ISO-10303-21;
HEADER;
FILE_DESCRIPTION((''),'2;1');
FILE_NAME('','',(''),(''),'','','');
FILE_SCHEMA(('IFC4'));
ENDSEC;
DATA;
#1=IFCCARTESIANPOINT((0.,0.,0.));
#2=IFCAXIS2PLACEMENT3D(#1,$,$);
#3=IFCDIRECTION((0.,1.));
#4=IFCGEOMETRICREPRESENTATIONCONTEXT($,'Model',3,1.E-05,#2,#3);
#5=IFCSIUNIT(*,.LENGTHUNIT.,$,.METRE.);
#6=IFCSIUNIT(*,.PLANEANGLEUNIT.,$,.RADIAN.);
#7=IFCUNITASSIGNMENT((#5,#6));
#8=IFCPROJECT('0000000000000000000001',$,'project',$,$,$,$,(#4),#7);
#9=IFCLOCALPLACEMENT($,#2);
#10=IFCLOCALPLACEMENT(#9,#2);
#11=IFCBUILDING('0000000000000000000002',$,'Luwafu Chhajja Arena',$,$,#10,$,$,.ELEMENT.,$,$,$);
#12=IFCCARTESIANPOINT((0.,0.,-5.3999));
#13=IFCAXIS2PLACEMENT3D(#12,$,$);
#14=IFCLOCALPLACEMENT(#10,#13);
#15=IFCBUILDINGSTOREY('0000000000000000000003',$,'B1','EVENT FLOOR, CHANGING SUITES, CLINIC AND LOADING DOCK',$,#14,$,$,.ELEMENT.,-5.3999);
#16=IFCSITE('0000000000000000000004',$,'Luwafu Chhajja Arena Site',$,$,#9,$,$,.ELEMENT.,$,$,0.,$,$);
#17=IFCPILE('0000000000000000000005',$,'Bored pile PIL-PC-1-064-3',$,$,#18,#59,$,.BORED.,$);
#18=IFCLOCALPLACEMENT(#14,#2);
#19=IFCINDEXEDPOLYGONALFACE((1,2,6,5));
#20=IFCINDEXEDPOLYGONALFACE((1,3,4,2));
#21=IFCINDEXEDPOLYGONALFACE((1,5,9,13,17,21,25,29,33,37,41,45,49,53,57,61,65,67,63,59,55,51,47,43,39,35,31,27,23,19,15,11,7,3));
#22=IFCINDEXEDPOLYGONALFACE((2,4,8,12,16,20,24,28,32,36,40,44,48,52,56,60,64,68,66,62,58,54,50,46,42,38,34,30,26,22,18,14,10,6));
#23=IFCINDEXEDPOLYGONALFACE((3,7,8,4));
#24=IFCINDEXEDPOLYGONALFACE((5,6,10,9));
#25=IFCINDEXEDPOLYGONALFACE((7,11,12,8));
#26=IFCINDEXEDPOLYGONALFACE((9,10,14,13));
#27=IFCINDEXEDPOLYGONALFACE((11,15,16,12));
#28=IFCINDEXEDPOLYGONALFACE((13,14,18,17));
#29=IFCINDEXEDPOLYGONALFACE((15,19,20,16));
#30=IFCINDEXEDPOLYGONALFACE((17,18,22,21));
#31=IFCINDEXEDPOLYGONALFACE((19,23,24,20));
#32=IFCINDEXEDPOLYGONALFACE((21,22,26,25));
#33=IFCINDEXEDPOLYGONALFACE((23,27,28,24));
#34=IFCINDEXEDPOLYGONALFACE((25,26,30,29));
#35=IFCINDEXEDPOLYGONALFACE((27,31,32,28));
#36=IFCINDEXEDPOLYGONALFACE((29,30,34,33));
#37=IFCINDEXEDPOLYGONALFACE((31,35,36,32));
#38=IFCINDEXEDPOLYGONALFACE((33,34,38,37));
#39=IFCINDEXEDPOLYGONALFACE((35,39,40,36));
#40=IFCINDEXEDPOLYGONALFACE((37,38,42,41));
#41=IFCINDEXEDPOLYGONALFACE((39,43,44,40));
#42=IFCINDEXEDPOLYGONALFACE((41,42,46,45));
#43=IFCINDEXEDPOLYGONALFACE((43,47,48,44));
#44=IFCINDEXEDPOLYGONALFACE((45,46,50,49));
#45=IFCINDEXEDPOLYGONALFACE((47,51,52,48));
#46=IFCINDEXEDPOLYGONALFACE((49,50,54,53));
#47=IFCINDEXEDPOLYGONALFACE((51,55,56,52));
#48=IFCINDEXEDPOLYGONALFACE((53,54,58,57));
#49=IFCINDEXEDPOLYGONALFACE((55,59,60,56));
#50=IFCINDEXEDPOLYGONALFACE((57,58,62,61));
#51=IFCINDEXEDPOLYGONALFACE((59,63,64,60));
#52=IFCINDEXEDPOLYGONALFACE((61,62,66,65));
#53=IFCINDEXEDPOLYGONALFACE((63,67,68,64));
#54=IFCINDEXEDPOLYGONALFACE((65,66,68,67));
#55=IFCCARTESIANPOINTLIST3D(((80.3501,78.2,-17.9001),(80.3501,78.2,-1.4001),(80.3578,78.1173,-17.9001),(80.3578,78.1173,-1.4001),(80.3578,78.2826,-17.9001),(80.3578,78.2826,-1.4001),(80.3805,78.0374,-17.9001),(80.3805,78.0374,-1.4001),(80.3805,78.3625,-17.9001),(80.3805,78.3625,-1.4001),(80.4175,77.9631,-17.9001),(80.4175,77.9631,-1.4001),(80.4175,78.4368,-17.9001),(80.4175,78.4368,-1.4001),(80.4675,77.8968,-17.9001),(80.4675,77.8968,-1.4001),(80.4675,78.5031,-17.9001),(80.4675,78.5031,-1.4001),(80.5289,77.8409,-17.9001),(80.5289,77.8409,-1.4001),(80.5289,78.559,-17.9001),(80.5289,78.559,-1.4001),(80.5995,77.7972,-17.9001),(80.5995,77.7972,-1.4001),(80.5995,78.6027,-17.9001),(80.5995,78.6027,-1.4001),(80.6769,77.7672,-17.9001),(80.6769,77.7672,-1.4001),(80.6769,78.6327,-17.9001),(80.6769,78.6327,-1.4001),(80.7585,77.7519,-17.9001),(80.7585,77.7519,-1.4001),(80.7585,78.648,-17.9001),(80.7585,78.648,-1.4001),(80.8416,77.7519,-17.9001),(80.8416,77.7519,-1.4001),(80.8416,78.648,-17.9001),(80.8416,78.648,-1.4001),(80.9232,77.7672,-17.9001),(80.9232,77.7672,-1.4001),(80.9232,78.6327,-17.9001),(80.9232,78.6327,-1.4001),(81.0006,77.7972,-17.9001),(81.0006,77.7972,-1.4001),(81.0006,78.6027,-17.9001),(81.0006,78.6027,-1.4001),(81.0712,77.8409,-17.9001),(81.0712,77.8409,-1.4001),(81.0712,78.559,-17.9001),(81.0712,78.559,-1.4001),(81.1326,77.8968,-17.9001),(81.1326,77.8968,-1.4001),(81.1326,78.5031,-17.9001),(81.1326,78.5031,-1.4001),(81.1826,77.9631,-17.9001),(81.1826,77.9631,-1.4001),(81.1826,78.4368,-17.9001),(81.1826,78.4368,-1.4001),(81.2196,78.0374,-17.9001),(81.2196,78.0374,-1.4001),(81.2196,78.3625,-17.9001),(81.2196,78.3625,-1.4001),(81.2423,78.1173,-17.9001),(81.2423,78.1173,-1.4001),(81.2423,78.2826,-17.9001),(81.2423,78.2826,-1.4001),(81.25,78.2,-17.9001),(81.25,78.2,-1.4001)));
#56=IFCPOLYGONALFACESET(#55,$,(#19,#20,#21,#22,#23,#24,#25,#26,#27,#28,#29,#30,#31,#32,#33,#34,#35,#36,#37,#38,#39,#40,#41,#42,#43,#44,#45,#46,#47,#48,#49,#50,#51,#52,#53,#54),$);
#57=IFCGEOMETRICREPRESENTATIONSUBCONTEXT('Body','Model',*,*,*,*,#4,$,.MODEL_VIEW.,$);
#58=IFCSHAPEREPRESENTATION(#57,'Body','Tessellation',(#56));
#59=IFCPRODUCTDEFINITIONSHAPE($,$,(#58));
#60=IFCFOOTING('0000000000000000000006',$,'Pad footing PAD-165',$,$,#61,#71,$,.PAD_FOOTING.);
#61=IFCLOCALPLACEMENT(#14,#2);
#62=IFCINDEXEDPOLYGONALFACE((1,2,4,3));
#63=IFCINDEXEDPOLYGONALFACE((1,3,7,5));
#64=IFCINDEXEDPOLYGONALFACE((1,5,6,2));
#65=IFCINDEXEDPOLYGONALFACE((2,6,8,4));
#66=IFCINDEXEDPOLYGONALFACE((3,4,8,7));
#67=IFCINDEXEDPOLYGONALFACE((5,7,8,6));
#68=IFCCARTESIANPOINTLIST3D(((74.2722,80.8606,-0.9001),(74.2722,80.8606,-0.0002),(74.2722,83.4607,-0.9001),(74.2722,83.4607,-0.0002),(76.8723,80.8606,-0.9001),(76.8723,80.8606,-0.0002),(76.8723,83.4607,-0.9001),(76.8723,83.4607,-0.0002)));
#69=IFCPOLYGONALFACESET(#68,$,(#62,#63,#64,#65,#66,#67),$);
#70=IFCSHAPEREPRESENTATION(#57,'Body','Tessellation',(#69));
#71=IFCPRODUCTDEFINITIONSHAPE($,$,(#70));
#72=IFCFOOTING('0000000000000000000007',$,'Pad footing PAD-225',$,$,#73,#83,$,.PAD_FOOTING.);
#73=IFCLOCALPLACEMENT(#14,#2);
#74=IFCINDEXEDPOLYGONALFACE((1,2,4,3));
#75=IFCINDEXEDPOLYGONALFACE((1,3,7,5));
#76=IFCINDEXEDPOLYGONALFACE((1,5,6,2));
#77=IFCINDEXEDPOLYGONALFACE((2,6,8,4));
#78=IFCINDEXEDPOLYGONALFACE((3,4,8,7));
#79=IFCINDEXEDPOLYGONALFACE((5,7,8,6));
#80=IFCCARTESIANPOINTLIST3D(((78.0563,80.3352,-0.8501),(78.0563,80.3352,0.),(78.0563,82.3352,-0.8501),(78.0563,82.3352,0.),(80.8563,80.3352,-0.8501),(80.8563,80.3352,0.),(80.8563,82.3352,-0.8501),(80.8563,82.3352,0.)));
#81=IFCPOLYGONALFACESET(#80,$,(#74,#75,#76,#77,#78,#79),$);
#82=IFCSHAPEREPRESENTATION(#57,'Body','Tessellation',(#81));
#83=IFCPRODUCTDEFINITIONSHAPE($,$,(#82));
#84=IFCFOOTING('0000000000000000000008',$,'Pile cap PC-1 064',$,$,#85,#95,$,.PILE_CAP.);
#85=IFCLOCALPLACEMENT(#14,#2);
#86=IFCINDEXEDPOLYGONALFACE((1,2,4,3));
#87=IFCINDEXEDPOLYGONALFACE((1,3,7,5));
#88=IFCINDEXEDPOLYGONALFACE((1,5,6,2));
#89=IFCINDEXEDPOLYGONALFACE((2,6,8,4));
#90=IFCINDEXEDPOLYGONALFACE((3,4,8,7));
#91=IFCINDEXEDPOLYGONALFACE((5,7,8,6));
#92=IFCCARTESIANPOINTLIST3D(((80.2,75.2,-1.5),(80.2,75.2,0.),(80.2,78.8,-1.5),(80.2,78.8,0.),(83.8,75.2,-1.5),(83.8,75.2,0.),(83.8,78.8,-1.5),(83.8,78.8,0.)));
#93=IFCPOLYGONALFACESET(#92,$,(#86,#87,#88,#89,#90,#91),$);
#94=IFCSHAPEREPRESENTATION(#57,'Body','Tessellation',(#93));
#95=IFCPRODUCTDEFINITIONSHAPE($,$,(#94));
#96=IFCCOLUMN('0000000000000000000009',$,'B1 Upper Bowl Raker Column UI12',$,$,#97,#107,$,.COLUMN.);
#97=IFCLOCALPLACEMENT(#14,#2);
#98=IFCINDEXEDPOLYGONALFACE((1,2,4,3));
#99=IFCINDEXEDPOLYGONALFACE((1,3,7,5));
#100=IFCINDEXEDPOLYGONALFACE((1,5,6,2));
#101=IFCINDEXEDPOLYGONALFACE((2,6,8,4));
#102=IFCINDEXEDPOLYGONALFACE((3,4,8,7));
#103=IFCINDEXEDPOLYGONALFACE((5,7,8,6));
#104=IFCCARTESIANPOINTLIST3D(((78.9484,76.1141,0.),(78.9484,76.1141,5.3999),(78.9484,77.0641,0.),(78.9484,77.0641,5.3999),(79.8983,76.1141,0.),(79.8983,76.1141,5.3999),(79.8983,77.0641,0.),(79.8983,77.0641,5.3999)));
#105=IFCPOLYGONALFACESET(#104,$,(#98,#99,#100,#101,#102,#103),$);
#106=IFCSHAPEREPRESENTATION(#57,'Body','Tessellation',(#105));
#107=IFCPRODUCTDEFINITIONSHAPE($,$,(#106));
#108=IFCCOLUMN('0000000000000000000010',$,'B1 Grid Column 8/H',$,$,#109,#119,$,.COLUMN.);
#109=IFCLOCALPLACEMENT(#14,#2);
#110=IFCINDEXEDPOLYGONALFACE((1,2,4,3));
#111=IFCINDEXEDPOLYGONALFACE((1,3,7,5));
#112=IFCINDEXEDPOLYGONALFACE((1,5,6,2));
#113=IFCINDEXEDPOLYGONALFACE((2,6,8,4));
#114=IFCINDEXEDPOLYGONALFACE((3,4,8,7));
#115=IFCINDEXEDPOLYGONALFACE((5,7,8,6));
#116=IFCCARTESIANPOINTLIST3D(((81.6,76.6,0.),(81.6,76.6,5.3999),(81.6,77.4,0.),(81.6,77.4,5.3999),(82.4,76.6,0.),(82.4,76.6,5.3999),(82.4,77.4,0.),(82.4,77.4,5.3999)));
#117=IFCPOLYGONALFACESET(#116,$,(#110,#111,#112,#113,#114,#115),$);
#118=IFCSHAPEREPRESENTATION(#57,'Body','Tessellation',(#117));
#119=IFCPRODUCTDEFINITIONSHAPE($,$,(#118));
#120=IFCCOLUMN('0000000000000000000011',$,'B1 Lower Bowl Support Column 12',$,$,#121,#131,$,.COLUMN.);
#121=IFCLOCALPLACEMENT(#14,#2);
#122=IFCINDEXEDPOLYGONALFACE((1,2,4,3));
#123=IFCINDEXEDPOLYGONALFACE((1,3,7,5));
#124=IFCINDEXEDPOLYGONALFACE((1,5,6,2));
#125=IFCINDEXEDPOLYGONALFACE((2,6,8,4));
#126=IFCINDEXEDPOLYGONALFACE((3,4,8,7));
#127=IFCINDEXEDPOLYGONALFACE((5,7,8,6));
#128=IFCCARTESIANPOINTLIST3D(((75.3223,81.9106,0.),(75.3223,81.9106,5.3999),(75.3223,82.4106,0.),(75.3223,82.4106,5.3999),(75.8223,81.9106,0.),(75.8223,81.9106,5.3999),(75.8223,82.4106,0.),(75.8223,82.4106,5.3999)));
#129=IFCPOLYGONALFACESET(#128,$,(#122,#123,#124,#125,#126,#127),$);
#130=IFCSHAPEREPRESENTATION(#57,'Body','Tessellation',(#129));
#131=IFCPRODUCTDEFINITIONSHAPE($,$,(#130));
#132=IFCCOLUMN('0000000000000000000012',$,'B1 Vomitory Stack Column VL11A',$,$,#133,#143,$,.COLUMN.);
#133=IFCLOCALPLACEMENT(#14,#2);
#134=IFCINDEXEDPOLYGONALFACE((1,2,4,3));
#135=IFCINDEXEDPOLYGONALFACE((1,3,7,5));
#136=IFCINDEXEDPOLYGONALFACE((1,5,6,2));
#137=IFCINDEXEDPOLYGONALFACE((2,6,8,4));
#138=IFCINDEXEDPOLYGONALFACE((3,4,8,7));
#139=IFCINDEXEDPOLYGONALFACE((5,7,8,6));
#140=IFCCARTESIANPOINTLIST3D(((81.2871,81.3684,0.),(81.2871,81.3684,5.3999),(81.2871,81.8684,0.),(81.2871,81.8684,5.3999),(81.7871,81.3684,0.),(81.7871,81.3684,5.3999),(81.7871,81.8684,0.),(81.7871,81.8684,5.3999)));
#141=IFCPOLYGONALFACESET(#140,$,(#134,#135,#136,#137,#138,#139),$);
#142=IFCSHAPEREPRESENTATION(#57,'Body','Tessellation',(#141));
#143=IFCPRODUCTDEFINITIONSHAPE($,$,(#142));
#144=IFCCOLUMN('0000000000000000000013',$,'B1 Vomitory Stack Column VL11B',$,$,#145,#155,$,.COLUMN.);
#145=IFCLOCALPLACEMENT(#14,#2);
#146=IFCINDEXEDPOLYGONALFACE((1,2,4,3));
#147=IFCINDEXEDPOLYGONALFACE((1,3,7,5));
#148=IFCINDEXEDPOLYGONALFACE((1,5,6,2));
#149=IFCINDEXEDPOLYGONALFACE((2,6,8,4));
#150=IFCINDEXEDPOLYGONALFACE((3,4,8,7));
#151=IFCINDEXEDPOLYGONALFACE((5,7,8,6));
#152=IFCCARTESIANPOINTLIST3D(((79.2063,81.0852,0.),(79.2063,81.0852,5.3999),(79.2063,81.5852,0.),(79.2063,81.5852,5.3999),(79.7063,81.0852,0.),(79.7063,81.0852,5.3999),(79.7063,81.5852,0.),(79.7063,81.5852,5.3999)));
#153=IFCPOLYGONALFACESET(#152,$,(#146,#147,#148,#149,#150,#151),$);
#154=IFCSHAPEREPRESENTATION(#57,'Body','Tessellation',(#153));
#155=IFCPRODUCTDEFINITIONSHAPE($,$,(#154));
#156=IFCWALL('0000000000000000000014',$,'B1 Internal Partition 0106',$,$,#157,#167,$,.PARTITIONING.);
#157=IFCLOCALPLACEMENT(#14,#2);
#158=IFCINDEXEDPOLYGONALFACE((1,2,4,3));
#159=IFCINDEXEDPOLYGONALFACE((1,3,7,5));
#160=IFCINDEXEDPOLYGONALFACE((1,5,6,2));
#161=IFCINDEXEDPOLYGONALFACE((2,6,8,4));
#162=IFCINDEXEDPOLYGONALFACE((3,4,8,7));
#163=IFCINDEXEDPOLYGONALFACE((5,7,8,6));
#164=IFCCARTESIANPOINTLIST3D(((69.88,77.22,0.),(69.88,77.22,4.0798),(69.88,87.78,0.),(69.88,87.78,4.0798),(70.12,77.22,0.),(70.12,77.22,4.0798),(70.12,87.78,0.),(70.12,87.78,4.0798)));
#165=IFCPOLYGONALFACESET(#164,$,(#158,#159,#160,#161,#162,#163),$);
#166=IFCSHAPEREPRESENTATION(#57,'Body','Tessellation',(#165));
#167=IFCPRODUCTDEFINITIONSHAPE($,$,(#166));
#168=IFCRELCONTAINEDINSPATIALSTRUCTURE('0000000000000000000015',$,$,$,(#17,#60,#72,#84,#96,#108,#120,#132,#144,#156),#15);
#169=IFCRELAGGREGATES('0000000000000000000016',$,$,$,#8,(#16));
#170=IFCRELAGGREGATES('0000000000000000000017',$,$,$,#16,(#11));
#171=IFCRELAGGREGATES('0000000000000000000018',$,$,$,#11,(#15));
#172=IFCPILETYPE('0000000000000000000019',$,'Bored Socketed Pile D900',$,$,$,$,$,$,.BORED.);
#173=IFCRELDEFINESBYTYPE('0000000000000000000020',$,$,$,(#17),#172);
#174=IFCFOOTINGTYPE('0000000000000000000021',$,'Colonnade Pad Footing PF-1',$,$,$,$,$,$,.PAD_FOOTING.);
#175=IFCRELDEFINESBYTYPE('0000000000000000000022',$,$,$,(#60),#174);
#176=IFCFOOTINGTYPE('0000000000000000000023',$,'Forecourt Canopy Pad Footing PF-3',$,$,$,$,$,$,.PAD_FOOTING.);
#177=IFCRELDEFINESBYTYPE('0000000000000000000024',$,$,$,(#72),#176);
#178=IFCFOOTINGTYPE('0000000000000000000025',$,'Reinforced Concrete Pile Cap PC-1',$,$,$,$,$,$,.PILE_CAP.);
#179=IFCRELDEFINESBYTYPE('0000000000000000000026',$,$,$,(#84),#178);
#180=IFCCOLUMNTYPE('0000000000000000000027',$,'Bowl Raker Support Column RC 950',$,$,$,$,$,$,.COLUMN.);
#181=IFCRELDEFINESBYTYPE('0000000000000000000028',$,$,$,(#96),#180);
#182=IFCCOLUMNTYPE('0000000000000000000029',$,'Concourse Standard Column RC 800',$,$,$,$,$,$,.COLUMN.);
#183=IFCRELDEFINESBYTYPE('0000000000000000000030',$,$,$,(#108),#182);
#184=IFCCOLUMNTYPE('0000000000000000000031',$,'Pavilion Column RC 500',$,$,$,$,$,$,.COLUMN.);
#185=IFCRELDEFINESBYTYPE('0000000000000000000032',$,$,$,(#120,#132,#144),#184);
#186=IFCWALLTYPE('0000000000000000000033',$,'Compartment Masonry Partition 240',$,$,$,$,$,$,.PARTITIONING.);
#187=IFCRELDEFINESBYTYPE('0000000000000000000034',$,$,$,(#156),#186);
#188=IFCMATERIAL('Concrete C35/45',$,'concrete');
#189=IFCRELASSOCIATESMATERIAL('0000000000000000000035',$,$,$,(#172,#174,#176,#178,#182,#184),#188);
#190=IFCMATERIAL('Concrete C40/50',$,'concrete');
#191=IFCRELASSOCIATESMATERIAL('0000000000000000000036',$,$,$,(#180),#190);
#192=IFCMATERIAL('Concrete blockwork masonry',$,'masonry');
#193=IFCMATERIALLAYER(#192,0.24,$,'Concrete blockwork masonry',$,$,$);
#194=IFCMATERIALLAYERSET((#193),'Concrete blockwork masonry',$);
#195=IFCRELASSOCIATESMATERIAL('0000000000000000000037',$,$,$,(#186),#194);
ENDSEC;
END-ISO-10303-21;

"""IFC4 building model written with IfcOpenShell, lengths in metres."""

from ifc_helpers import new_model, si_unit, direction, frame, frame_2d, origin, origin_2d, place, context, subcontext, project, spatial, rectangle, circle, extrude, material, layer, layer_set, material_profile, profile_set, type_object, element, save


model = new_model("IFC4")

# Units and contexts
model_context = context("Model", 3, precision=1e-05, world=origin(), true_north=direction((0.0, 1.0)))
body_context = subcontext(model_context, "Body", "Model", "MODEL_VIEW")
ifc_project = project(units=[si_unit("LENGTHUNIT", "METRE"), si_unit("PLANEANGLEUNIT", "RADIAN")], contexts=[model_context])

# Site, building, storey
site_placement = place(None, origin())
site = spatial("IfcSite", under=ifc_project, at=site_placement, Name="Luwafu Chhajja Arena Site", CompositionType="ELEMENT", RefElevation=0.0)
building_placement = place(site_placement, origin())
building = spatial("IfcBuilding", under=site, at=building_placement, Name="Luwafu Chhajja Arena", CompositionType="ELEMENT")
storey_placement = place(building_placement, frame((0.0, 0.0, -5.3999)))
storey = spatial("IfcBuildingStorey", under=building, at=storey_placement, Name="B1", Description="EVENT FLOOR, CHANGING SUITES, CLINIC AND LOADING DOCK", CompositionType="ELEMENT", Elevation=-5.3999)

# Pile
ifc_material_1 = material(Name="Concrete C35/45", Category="concrete")
ifc_material_profile_1 = material_profile(ifc_material_1, circle(Radius=0.45, at=origin_2d()), Name="PILE D900")
ifc_profile_set_1 = profile_set([ifc_material_profile_1], Name="Concrete C35/45")
pile_type = type_object("IfcPileType", Name="Bored Socketed Pile D900", PredefinedType="BORED", material=ifc_profile_set_1)
for number, where, z_axis, x_axis, name in (
    (1, (80.8, 78.2, -1.4001), (0.0, 0.0, -1.0), (1.0, 0.0, 0.0), "Bored pile PIL-PC-1-064-3"),
):
    element("IfcPile", number, at=place(storey_placement, frame(where, z_axis=z_axis, x_axis=x_axis)), inside=storey, type_object=pile_type, Name=name, PredefinedType="BORED", context=body_context, shape_type="SweptSolid", body=[
        extrude(circle(Radius=0.45, at=origin_2d()), origin(), (0.0, 0.0, 1.0), 16.5),
    ])

# Footings
footing_type_1 = type_object("IfcFootingType", Name="Colonnade Pad Footing PF-1", PredefinedType="PAD_FOOTING", material=ifc_material_1)
footing_1_placement = place(storey_placement, frame((75.5723, 82.1606, -0.9001), z_axis=(0.0, 0.0, 1.0), x_axis=(1.0, 0.0, 0.0)))
element("IfcFooting", 2, at=footing_1_placement, inside=storey, type_object=footing_type_1, Name="Pad footing PAD-165", PredefinedType="PAD_FOOTING", context=body_context, shape_type="SweptSolid", body=[
    extrude(rectangle(XDim=2.6001, YDim=2.6001, at=origin_2d()), origin(), (0.0, 0.0, 1.0), 0.8999),
])
footing_type_2 = type_object("IfcFootingType", Name="Forecourt Canopy Pad Footing PF-3", PredefinedType="PAD_FOOTING", material=ifc_material_1)
footing_2_placement = place(storey_placement, frame((79.4563, 81.3352, -0.8501), z_axis=(0.0, 0.0, 1.0), x_axis=(1.0, 0.0, 0.0)))
element("IfcFooting", 3, at=footing_2_placement, inside=storey, type_object=footing_type_2, Name="Pad footing PAD-225", PredefinedType="PAD_FOOTING", context=body_context, shape_type="SweptSolid", body=[
    extrude(rectangle(XDim=2.8, YDim=2.0, at=origin_2d()), origin(), (0.0, 0.0, 1.0), 0.8501),
])
footing_type_3 = type_object("IfcFootingType", Name="Reinforced Concrete Pile Cap PC-1", PredefinedType="PILE_CAP", material=ifc_material_1)
footing_3_placement = place(storey_placement, frame((82.0, 77.0, -1.5), z_axis=(0.0, 0.0, 1.0), x_axis=(1.0, 0.0, 0.0)))
element("IfcFooting", 4, at=footing_3_placement, inside=storey, type_object=footing_type_3, Name="Pile cap PC-1 064", PredefinedType="PILE_CAP", context=body_context, shape_type="SweptSolid", body=[
    extrude(rectangle(XDim=3.6001, YDim=3.6001, at=origin_2d()), origin(), (0.0, 0.0, 1.0), 1.5),
])

# Columns
ifc_material_2 = material(Name="Concrete C40/50", Category="concrete")
ifc_material_profile_2 = material_profile(ifc_material_2, rectangle(XDim=0.95, YDim=0.95, at=origin_2d()), Name="RC 950x950")
ifc_profile_set_2 = profile_set([ifc_material_profile_2], Name="Concrete C40/50")
column_type_1 = type_object("IfcColumnType", Name="Bowl Raker Support Column RC 950", PredefinedType="COLUMN", material=ifc_profile_set_2)
column_1_placement = place(storey_placement, frame((79.4233, 76.5891, 0.0), z_axis=(0.0, 0.0, 1.0), x_axis=(1.0, 0.0, 0.0)))
element("IfcColumn", 5, at=column_1_placement, inside=storey, type_object=column_type_1, Name="B1 Upper Bowl Raker Column UI12", PredefinedType="COLUMN", context=body_context, shape_type="SweptSolid", body=[
    extrude(rectangle(XDim=0.95, YDim=0.95, at=origin_2d()), origin(), (0.0, 0.0, 1.0), 5.3999),
])
ifc_material_profile_3 = material_profile(ifc_material_1, rectangle(XDim=0.8, YDim=0.8, at=origin_2d()), Name="RC 800x800")
ifc_profile_set_3 = profile_set([ifc_material_profile_3], Name="Concrete C35/45")
column_type_2 = type_object("IfcColumnType", Name="Concourse Standard Column RC 800", PredefinedType="COLUMN", material=ifc_profile_set_3)
column_2_placement = place(storey_placement, frame((82.0, 77.0, 0.0), z_axis=(0.0, 0.0, 1.0), x_axis=(1.0, 0.0, 0.0)))
element("IfcColumn", 6, at=column_2_placement, inside=storey, type_object=column_type_2, Name="B1 Grid Column 8/H", PredefinedType="COLUMN", context=body_context, shape_type="SweptSolid", body=[
    extrude(rectangle(XDim=0.8, YDim=0.8, at=origin_2d()), origin(), (0.0, 0.0, 1.0), 5.3999),
])
ifc_material_profile_4 = material_profile(ifc_material_1, rectangle(XDim=0.5, YDim=0.5, at=origin_2d()), Name="RC 500x500")
ifc_profile_set_4 = profile_set([ifc_material_profile_4], Name="Concrete C35/45")
column_type_3 = type_object("IfcColumnType", Name="Pavilion Column RC 500", PredefinedType="COLUMN", material=ifc_profile_set_4)
for number, where, z_axis, x_axis, name in (
    (7, (75.5723, 82.1606, 0.0), (0.0, 0.0, 1.0), (1.0, 0.0, 0.0), "B1 Lower Bowl Support Column 12"),
    (8, (81.5371, 81.6184, 0.0), (0.0, 0.0, 1.0), (1.0, 0.0, 0.0), "B1 Vomitory Stack Column VL11A"),
    (9, (79.4563, 81.3352, 0.0), (0.0, 0.0, 1.0), (1.0, 0.0, 0.0), "B1 Vomitory Stack Column VL11B"),
):
    element("IfcColumn", number, at=place(storey_placement, frame(where, z_axis=z_axis, x_axis=x_axis)), inside=storey, type_object=column_type_3, Name=name, PredefinedType="COLUMN", context=body_context, shape_type="SweptSolid", body=[
        extrude(rectangle(XDim=0.5, YDim=0.5, at=origin_2d()), origin(), (0.0, 0.0, 1.0), 5.3999),
    ])

# Wall
ifc_material_3 = material(Name="Concrete blockwork masonry", Category="masonry")
ifc_layer_1 = layer(ifc_material_3, 0.24, Name="Concrete blockwork masonry")
ifc_layer_set_1 = layer_set([ifc_layer_1], Name="Concrete blockwork masonry")
wall_type_1 = type_object("IfcWallType", Name="Compartment Masonry Partition 240", PredefinedType="PARTITIONING", material=ifc_layer_set_1)
wall_1_placement = place(storey_placement, frame((70.0, 77.22, 0.0), z_axis=(0.0, 0.0, 1.0), x_axis=(0.0, 1.0, 0.0)))
element("IfcWall", 10, at=wall_1_placement, inside=storey, type_object=wall_type_1, Name="B1 Internal Partition 0106", PredefinedType="PARTITIONING", context=body_context, shape_type="SweptSolid", body=[
    extrude(rectangle(XDim=10.5601, YDim=0.24, at=frame_2d((5.28, 0.0))), origin(), (0.0, 0.0, 1.0), 4.0798),
])

save(model, "model.ifc")
